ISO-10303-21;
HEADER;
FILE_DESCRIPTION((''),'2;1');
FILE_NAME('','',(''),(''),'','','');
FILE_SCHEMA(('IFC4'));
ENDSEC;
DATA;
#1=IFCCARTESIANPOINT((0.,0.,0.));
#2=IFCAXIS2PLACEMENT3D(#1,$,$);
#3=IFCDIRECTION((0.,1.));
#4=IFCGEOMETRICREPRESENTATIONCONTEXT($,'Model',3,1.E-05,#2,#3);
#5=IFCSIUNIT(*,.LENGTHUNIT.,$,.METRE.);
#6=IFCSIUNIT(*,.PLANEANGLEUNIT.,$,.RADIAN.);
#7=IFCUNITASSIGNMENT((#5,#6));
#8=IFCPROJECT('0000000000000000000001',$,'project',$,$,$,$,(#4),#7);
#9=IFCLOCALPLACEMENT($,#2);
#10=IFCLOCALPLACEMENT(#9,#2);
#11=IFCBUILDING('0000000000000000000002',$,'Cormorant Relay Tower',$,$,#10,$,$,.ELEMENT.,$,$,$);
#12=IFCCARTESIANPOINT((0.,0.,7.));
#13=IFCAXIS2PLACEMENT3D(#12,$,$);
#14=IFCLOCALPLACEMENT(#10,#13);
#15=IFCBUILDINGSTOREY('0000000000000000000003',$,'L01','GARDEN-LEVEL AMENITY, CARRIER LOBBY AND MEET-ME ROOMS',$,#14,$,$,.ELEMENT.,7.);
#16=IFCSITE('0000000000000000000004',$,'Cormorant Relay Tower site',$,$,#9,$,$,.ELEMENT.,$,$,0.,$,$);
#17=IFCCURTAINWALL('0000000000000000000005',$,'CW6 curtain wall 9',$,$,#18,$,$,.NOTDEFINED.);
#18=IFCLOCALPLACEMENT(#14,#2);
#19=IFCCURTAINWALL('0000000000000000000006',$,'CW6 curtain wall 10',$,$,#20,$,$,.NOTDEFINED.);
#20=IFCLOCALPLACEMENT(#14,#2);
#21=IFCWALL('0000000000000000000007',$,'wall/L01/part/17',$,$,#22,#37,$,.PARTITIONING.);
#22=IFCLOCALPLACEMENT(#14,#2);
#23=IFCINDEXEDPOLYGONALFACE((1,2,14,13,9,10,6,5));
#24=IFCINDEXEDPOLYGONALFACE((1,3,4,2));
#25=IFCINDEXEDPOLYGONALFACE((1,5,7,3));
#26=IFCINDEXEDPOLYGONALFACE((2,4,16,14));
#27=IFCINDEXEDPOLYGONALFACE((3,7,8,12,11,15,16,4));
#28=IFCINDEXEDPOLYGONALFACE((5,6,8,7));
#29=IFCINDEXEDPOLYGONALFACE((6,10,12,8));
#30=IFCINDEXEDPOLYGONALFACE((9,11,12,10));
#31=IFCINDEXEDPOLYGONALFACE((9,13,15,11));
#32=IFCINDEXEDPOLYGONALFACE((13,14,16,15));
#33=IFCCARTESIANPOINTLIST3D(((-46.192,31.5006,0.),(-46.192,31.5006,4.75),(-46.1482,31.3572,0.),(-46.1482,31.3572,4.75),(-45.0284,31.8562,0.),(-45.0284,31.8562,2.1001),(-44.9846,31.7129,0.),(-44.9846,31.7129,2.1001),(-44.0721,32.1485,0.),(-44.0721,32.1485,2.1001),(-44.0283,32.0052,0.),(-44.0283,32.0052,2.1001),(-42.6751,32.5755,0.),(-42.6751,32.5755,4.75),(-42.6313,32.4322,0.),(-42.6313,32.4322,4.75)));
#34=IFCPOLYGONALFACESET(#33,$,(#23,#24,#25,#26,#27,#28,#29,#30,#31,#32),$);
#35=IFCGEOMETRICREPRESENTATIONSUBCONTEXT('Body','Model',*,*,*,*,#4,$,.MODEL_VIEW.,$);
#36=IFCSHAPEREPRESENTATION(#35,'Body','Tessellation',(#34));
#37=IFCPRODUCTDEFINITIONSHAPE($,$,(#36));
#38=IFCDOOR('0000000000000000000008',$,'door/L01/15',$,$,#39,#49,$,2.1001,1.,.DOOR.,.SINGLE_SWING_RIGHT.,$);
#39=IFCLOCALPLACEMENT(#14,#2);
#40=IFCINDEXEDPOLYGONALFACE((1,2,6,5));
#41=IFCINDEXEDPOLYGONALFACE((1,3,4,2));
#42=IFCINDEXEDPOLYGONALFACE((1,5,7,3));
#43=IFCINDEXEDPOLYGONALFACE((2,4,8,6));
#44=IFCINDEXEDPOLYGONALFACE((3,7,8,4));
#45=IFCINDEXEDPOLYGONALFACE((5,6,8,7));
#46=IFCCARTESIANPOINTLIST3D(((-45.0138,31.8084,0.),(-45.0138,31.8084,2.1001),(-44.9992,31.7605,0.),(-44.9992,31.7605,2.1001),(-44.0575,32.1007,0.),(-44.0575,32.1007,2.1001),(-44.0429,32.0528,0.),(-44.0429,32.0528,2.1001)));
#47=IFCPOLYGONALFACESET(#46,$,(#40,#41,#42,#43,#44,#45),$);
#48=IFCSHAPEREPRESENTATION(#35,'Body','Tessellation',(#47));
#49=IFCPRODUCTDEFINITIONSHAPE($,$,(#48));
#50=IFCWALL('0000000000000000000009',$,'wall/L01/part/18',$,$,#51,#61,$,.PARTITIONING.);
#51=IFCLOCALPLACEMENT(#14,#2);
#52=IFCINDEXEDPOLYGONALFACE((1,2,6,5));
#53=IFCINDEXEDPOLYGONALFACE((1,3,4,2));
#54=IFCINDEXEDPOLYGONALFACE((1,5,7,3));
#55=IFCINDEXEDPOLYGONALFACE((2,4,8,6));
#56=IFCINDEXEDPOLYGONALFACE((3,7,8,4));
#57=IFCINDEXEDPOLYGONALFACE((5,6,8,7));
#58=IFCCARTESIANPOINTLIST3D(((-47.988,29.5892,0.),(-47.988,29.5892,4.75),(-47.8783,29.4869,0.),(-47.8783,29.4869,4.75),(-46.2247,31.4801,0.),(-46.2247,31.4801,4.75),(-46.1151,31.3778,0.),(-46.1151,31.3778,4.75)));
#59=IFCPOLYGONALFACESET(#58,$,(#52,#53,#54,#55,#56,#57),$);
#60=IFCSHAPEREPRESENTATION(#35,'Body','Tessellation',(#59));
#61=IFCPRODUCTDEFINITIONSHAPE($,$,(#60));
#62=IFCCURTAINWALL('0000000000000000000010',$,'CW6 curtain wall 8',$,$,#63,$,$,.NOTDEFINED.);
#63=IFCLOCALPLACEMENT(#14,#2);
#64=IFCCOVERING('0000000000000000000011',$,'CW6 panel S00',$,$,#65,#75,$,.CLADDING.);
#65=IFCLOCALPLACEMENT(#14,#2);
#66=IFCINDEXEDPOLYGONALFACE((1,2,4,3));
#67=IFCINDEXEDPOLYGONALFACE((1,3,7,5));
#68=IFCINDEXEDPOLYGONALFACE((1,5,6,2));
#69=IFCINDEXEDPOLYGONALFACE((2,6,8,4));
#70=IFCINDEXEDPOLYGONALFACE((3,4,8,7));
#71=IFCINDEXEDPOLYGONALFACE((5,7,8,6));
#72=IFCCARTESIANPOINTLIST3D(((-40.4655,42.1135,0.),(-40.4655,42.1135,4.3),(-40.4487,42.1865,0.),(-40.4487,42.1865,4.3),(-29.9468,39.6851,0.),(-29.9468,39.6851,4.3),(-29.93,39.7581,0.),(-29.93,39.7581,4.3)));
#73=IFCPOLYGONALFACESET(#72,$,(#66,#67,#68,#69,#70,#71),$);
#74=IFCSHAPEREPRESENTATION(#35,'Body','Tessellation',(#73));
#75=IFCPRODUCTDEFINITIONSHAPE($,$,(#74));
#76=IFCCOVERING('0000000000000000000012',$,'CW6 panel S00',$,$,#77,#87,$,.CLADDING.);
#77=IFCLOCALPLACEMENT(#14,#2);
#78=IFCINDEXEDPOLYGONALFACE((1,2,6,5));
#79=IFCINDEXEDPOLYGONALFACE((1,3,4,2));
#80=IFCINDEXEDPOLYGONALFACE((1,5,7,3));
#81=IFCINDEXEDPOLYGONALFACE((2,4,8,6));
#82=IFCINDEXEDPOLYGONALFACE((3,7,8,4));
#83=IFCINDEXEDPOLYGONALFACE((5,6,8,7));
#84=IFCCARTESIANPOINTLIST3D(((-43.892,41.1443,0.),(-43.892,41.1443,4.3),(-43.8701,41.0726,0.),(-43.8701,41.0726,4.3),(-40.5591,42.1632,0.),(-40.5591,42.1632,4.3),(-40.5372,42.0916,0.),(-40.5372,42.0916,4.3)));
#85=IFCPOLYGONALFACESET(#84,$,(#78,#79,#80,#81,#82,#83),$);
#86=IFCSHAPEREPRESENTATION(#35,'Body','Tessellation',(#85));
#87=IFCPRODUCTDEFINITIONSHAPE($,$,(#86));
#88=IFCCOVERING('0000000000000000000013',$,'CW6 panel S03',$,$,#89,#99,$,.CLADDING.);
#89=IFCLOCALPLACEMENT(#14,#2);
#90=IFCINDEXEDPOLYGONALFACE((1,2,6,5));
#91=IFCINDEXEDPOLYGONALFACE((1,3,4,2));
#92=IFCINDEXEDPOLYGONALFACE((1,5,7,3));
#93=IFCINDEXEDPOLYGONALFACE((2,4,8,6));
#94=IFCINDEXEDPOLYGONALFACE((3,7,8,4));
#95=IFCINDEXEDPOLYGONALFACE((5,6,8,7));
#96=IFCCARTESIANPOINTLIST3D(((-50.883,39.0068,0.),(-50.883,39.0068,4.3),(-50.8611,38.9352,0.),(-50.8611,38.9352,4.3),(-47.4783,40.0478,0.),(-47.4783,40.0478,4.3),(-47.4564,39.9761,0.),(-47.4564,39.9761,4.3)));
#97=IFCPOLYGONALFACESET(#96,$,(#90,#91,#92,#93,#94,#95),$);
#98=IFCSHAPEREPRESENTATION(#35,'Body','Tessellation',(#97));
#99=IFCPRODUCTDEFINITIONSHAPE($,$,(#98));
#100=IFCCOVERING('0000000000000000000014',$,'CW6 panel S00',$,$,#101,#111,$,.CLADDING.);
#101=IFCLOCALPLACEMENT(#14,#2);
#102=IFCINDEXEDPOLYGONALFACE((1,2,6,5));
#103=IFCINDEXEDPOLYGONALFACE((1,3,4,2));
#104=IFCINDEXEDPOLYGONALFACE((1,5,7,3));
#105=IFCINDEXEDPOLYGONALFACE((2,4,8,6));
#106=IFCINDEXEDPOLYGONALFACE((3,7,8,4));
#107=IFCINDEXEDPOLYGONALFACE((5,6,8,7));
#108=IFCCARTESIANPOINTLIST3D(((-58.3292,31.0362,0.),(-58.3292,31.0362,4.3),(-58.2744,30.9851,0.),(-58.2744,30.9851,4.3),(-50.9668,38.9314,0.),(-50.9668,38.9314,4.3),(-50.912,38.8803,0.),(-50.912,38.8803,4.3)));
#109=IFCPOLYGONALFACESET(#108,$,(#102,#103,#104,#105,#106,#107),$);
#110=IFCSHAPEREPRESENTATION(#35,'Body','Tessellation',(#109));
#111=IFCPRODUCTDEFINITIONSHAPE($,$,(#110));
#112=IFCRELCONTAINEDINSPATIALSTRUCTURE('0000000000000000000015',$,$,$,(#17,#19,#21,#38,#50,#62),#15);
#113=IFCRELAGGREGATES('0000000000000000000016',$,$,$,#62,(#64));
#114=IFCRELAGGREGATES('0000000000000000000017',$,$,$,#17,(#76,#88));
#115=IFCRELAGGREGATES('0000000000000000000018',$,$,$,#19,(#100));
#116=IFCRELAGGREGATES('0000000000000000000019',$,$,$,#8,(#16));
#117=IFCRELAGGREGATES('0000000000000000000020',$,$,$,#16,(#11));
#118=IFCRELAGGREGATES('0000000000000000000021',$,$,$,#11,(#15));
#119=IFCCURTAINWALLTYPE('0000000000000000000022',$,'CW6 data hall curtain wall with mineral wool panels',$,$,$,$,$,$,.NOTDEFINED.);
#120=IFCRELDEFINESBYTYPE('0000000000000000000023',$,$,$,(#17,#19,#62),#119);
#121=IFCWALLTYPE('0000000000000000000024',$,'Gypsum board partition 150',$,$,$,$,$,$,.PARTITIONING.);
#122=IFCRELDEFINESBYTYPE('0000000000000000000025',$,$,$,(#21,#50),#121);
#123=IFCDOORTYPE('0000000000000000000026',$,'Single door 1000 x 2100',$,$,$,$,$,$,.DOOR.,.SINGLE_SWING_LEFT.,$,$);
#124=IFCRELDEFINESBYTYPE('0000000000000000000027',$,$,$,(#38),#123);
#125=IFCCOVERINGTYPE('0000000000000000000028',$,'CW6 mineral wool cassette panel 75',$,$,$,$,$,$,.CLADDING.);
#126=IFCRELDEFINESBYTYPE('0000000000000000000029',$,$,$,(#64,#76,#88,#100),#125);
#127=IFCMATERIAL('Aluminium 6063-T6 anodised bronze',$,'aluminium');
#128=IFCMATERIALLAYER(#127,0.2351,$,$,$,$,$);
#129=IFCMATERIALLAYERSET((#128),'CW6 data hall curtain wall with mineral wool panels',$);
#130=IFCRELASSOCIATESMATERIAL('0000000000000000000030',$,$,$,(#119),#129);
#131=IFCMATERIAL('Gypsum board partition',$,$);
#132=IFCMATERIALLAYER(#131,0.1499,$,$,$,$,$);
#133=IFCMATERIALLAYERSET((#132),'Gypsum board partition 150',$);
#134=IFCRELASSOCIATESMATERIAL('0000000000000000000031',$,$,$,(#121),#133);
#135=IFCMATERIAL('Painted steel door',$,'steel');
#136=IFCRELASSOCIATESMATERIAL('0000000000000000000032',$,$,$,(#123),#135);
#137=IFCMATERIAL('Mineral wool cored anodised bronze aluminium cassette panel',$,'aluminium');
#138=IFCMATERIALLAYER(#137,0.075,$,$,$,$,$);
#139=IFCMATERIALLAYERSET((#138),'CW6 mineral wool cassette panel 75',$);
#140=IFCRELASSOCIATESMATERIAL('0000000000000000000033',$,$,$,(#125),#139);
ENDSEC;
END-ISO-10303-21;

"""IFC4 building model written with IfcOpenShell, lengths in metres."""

from ifc_helpers import new_model, si_unit, direction, frame, frame_2d, origin, origin_2d, place, context, subcontext, project, spatial, rectangle, extrude, material, layer, layer_set, type_object, element, fill, aggregate, save


model = new_model("IFC4")

# Units and contexts
model_context = context("Model", 3, precision=1e-05, world=origin(), true_north=direction((0.0, 1.0)))
body_context = subcontext(model_context, "Body", "Model", "MODEL_VIEW")
ifc_project = project(units=[si_unit("LENGTHUNIT", "METRE"), si_unit("PLANEANGLEUNIT", "RADIAN")], contexts=[model_context])

# Site, building, storey
site_placement = place(None, origin())
site = spatial("IfcSite", under=ifc_project, at=site_placement, Name="Cormorant Relay Tower site", CompositionType="ELEMENT", RefElevation=0.0)
building_placement = place(site_placement, origin())
building = spatial("IfcBuilding", under=site, at=building_placement, Name="Cormorant Relay Tower", CompositionType="ELEMENT")
storey_placement = place(building_placement, frame((0.0, 0.0, 7.0)))
storey = spatial("IfcBuildingStorey", under=building, at=storey_placement, Name="L01", Description="GARDEN-LEVEL AMENITY, CARRIER LOBBY AND MEET-ME ROOMS", CompositionType="ELEMENT", Elevation=7.0)

# Curtain walls
ifc_material_1 = material(Name="Aluminium 6063-T6 anodised bronze", Category="aluminium")
ifc_layer_1 = layer(ifc_material_1, 0.2351)
ifc_layer_set_1 = layer_set([ifc_layer_1], Name="CW6 data hall curtain wall with mineral wool panels")
curtain_wall_type = type_object("IfcCurtainWallType", Name="CW6 data hall curtain wall with mineral wool panels", PredefinedType="NOTDEFINED", material=ifc_layer_set_1)
curtain_wall_1_placement = place(storey_placement, origin())
curtain_wall_1 = element("IfcCurtainWall", 1, at=curtain_wall_1_placement, inside=storey, type_object=curtain_wall_type, Name="CW6 curtain wall 9", PredefinedType="NOTDEFINED")
curtain_wall_2_placement = place(storey_placement, origin())
curtain_wall_2 = element("IfcCurtainWall", 2, at=curtain_wall_2_placement, inside=storey, type_object=curtain_wall_type, Name="CW6 curtain wall 10", PredefinedType="NOTDEFINED")

# Wall, opening, door
ifc_material_2 = material(Name="Gypsum board partition")
ifc_layer_2 = layer(ifc_material_2, 0.1499)
ifc_layer_set_2 = layer_set([ifc_layer_2], Name="Gypsum board partition 150")
wall_type_1 = type_object("IfcWallType", Name="Gypsum board partition 150", PredefinedType="PARTITIONING", material=ifc_layer_set_2)
wall_1_placement = place(storey_placement, frame((-42.6531, 32.5039, 0.0), z_axis=(0.0, 0.0, 1.0), x_axis=(-0.956324, -0.292308, 0.0)))
wall_1 = element("IfcWall", 3, at=wall_1_placement, inside=storey, type_object=wall_type_1, Name="wall/L01/part/17", PredefinedType="PARTITIONING", context=body_context, shape_type="SweptSolid", body=[
    extrude(rectangle(XDim=3.6775, YDim=0.1499, at=frame_2d((1.8389, 0.0))), origin(), (0.0, 0.0, 1.0), 4.75),
])
opening_1_placement = place(wall_1_placement, frame((1.4609, 0.0, 0.0)))
opening_1 = element("IfcOpeningElement", 4, at=opening_1_placement, cuts=wall_1, PredefinedType="OPENING", context=body_context, shape_type="SweptSolid", body=[
    extrude(rectangle(XDim=1.0, YDim=2.1001, at=frame_2d((0.5, 1.05))), frame((0.0, 0.085, 0.0), z_axis=(0.0, -1.0, 0.0), x_axis=(1.0, 0.0, 0.0)), (0.0, 0.0, 1.0), 0.1699),
])
ifc_material_3 = material(Name="Painted steel door", Category="steel")
door_type_1 = type_object("IfcDoorType", Name="Single door 1000 x 2100", OperationType="SINGLE_SWING_LEFT", PredefinedType="DOOR", material=ifc_material_3)
door_1_placement = place(opening_1_placement, frame((1.0, 0.0, 0.0), z_axis=(0.0, 0.0, 1.0), x_axis=(-1.0, 0.0, 0.0)))
door_1 = element("IfcDoor", 5, at=door_1_placement, inside=storey, type_object=door_type_1, Name="door/L01/15", OperationType="SINGLE_SWING_RIGHT", OverallHeight=2.1001, OverallWidth=1.0, PredefinedType="DOOR", context=body_context, shape_type="SweptSolid", body=[
    extrude(rectangle(XDim=1.0, YDim=2.1001, at=frame_2d((0.5, 1.05))), frame((0.0, 0.0249, 0.0), z_axis=(0.0, -1.0, 0.0), x_axis=(1.0, 0.0, 0.0)), (0.0, 0.0, 1.0), 0.05),
])
fill(opening_1, door_1)

# Wall
wall_2_placement = place(storey_placement, frame((-46.1699, 31.429, 0.0), z_axis=(0.0, 0.0, 1.0), x_axis=(-0.681982, -0.731369, 0.0)))
element("IfcWall", 6, at=wall_2_placement, inside=storey, type_object=wall_type_1, Name="wall/L01/part/18", PredefinedType="PARTITIONING", context=body_context, shape_type="SweptSolid", body=[
    extrude(rectangle(XDim=2.5854, YDim=0.1499, at=frame_2d((1.2927, 0.0))), origin(), (0.0, 0.0, 1.0), 4.75),
])

# Curtain wall, covering
curtain_wall_3_placement = place(storey_placement, origin())
curtain_wall_3 = element("IfcCurtainWall", 7, at=curtain_wall_3_placement, inside=storey, type_object=curtain_wall_type, Name="CW6 curtain wall 8", PredefinedType="NOTDEFINED")
ifc_material_4 = material(Name="Mineral wool cored anodised bronze aluminium cassette panel", Category="aluminium")
ifc_layer_3 = layer(ifc_material_4, 0.075)
ifc_layer_set_3 = layer_set([ifc_layer_3], Name="CW6 mineral wool cassette panel 75")
covering_type = type_object("IfcCoveringType", Name="CW6 mineral wool cassette panel 75", PredefinedType="CLADDING", material=ifc_layer_set_3)
covering_1_placement = place(storey_placement, frame((-35.1978, 40.9358, 0.0), z_axis=(0.0, 0.0, 1.0), x_axis=(-0.97437, 0.224951, 0.0)))
covering_1 = element("IfcCovering", 8, at=covering_1_placement, type_object=covering_type, Name="CW6 panel S00", PredefinedType="CLADDING", context=body_context, shape_type="SweptSolid", body=[
    extrude(rectangle(XDim=10.7954, YDim=0.075, at=origin_2d()), origin(), (0.0, 0.0, 1.0), 4.3),
])
aggregate(curtain_wall_3, [covering_1])

# Coverings
covering_2_placement = place(storey_placement, frame((-42.2146, 41.6179, 0.0), z_axis=(0.0, 0.0, 1.0), x_axis=(-0.956305, -0.292372, 0.0)))
covering_2 = element("IfcCovering", 9, at=covering_2_placement, type_object=covering_type, Name="CW6 panel S00", PredefinedType="CLADDING", context=body_context, shape_type="SweptSolid", body=[
    extrude(rectangle(XDim=3.4851, YDim=0.075, at=origin_2d()), origin(), (0.0, 0.0, 1.0), 4.3),
])
covering_3_placement = place(storey_placement, frame((-49.1697, 39.4915, 0.0), z_axis=(0.0, 0.0, 1.0), x_axis=(-0.956305, -0.292372, 0.0)))
covering_3 = element("IfcCovering", 10, at=covering_3_placement, type_object=covering_type, Name="CW6 panel S03", PredefinedType="CLADDING", context=body_context, shape_type="SweptSolid", body=[
    extrude(rectangle(XDim=3.5603, YDim=0.075, at=origin_2d()), origin(), (0.0, 0.0, 1.0), 4.3),
])
aggregate(curtain_wall_1, [covering_2, covering_3])
covering_4_placement = place(storey_placement, frame((-54.6206, 34.9583, 0.0), z_axis=(0.0, 0.0, 1.0), x_axis=(-0.681998, -0.731354, 0.0)))
covering_4 = element("IfcCovering", 11, at=covering_4_placement, type_object=covering_type, Name="CW6 panel S00", PredefinedType="CLADDING", context=body_context, shape_type="SweptSolid", body=[
    extrude(rectangle(XDim=10.7954, YDim=0.075, at=origin_2d()), origin(), (0.0, 0.0, 1.0), 4.3),
])
aggregate(curtain_wall_2, [covering_4])

save(model, "model.ifc")
